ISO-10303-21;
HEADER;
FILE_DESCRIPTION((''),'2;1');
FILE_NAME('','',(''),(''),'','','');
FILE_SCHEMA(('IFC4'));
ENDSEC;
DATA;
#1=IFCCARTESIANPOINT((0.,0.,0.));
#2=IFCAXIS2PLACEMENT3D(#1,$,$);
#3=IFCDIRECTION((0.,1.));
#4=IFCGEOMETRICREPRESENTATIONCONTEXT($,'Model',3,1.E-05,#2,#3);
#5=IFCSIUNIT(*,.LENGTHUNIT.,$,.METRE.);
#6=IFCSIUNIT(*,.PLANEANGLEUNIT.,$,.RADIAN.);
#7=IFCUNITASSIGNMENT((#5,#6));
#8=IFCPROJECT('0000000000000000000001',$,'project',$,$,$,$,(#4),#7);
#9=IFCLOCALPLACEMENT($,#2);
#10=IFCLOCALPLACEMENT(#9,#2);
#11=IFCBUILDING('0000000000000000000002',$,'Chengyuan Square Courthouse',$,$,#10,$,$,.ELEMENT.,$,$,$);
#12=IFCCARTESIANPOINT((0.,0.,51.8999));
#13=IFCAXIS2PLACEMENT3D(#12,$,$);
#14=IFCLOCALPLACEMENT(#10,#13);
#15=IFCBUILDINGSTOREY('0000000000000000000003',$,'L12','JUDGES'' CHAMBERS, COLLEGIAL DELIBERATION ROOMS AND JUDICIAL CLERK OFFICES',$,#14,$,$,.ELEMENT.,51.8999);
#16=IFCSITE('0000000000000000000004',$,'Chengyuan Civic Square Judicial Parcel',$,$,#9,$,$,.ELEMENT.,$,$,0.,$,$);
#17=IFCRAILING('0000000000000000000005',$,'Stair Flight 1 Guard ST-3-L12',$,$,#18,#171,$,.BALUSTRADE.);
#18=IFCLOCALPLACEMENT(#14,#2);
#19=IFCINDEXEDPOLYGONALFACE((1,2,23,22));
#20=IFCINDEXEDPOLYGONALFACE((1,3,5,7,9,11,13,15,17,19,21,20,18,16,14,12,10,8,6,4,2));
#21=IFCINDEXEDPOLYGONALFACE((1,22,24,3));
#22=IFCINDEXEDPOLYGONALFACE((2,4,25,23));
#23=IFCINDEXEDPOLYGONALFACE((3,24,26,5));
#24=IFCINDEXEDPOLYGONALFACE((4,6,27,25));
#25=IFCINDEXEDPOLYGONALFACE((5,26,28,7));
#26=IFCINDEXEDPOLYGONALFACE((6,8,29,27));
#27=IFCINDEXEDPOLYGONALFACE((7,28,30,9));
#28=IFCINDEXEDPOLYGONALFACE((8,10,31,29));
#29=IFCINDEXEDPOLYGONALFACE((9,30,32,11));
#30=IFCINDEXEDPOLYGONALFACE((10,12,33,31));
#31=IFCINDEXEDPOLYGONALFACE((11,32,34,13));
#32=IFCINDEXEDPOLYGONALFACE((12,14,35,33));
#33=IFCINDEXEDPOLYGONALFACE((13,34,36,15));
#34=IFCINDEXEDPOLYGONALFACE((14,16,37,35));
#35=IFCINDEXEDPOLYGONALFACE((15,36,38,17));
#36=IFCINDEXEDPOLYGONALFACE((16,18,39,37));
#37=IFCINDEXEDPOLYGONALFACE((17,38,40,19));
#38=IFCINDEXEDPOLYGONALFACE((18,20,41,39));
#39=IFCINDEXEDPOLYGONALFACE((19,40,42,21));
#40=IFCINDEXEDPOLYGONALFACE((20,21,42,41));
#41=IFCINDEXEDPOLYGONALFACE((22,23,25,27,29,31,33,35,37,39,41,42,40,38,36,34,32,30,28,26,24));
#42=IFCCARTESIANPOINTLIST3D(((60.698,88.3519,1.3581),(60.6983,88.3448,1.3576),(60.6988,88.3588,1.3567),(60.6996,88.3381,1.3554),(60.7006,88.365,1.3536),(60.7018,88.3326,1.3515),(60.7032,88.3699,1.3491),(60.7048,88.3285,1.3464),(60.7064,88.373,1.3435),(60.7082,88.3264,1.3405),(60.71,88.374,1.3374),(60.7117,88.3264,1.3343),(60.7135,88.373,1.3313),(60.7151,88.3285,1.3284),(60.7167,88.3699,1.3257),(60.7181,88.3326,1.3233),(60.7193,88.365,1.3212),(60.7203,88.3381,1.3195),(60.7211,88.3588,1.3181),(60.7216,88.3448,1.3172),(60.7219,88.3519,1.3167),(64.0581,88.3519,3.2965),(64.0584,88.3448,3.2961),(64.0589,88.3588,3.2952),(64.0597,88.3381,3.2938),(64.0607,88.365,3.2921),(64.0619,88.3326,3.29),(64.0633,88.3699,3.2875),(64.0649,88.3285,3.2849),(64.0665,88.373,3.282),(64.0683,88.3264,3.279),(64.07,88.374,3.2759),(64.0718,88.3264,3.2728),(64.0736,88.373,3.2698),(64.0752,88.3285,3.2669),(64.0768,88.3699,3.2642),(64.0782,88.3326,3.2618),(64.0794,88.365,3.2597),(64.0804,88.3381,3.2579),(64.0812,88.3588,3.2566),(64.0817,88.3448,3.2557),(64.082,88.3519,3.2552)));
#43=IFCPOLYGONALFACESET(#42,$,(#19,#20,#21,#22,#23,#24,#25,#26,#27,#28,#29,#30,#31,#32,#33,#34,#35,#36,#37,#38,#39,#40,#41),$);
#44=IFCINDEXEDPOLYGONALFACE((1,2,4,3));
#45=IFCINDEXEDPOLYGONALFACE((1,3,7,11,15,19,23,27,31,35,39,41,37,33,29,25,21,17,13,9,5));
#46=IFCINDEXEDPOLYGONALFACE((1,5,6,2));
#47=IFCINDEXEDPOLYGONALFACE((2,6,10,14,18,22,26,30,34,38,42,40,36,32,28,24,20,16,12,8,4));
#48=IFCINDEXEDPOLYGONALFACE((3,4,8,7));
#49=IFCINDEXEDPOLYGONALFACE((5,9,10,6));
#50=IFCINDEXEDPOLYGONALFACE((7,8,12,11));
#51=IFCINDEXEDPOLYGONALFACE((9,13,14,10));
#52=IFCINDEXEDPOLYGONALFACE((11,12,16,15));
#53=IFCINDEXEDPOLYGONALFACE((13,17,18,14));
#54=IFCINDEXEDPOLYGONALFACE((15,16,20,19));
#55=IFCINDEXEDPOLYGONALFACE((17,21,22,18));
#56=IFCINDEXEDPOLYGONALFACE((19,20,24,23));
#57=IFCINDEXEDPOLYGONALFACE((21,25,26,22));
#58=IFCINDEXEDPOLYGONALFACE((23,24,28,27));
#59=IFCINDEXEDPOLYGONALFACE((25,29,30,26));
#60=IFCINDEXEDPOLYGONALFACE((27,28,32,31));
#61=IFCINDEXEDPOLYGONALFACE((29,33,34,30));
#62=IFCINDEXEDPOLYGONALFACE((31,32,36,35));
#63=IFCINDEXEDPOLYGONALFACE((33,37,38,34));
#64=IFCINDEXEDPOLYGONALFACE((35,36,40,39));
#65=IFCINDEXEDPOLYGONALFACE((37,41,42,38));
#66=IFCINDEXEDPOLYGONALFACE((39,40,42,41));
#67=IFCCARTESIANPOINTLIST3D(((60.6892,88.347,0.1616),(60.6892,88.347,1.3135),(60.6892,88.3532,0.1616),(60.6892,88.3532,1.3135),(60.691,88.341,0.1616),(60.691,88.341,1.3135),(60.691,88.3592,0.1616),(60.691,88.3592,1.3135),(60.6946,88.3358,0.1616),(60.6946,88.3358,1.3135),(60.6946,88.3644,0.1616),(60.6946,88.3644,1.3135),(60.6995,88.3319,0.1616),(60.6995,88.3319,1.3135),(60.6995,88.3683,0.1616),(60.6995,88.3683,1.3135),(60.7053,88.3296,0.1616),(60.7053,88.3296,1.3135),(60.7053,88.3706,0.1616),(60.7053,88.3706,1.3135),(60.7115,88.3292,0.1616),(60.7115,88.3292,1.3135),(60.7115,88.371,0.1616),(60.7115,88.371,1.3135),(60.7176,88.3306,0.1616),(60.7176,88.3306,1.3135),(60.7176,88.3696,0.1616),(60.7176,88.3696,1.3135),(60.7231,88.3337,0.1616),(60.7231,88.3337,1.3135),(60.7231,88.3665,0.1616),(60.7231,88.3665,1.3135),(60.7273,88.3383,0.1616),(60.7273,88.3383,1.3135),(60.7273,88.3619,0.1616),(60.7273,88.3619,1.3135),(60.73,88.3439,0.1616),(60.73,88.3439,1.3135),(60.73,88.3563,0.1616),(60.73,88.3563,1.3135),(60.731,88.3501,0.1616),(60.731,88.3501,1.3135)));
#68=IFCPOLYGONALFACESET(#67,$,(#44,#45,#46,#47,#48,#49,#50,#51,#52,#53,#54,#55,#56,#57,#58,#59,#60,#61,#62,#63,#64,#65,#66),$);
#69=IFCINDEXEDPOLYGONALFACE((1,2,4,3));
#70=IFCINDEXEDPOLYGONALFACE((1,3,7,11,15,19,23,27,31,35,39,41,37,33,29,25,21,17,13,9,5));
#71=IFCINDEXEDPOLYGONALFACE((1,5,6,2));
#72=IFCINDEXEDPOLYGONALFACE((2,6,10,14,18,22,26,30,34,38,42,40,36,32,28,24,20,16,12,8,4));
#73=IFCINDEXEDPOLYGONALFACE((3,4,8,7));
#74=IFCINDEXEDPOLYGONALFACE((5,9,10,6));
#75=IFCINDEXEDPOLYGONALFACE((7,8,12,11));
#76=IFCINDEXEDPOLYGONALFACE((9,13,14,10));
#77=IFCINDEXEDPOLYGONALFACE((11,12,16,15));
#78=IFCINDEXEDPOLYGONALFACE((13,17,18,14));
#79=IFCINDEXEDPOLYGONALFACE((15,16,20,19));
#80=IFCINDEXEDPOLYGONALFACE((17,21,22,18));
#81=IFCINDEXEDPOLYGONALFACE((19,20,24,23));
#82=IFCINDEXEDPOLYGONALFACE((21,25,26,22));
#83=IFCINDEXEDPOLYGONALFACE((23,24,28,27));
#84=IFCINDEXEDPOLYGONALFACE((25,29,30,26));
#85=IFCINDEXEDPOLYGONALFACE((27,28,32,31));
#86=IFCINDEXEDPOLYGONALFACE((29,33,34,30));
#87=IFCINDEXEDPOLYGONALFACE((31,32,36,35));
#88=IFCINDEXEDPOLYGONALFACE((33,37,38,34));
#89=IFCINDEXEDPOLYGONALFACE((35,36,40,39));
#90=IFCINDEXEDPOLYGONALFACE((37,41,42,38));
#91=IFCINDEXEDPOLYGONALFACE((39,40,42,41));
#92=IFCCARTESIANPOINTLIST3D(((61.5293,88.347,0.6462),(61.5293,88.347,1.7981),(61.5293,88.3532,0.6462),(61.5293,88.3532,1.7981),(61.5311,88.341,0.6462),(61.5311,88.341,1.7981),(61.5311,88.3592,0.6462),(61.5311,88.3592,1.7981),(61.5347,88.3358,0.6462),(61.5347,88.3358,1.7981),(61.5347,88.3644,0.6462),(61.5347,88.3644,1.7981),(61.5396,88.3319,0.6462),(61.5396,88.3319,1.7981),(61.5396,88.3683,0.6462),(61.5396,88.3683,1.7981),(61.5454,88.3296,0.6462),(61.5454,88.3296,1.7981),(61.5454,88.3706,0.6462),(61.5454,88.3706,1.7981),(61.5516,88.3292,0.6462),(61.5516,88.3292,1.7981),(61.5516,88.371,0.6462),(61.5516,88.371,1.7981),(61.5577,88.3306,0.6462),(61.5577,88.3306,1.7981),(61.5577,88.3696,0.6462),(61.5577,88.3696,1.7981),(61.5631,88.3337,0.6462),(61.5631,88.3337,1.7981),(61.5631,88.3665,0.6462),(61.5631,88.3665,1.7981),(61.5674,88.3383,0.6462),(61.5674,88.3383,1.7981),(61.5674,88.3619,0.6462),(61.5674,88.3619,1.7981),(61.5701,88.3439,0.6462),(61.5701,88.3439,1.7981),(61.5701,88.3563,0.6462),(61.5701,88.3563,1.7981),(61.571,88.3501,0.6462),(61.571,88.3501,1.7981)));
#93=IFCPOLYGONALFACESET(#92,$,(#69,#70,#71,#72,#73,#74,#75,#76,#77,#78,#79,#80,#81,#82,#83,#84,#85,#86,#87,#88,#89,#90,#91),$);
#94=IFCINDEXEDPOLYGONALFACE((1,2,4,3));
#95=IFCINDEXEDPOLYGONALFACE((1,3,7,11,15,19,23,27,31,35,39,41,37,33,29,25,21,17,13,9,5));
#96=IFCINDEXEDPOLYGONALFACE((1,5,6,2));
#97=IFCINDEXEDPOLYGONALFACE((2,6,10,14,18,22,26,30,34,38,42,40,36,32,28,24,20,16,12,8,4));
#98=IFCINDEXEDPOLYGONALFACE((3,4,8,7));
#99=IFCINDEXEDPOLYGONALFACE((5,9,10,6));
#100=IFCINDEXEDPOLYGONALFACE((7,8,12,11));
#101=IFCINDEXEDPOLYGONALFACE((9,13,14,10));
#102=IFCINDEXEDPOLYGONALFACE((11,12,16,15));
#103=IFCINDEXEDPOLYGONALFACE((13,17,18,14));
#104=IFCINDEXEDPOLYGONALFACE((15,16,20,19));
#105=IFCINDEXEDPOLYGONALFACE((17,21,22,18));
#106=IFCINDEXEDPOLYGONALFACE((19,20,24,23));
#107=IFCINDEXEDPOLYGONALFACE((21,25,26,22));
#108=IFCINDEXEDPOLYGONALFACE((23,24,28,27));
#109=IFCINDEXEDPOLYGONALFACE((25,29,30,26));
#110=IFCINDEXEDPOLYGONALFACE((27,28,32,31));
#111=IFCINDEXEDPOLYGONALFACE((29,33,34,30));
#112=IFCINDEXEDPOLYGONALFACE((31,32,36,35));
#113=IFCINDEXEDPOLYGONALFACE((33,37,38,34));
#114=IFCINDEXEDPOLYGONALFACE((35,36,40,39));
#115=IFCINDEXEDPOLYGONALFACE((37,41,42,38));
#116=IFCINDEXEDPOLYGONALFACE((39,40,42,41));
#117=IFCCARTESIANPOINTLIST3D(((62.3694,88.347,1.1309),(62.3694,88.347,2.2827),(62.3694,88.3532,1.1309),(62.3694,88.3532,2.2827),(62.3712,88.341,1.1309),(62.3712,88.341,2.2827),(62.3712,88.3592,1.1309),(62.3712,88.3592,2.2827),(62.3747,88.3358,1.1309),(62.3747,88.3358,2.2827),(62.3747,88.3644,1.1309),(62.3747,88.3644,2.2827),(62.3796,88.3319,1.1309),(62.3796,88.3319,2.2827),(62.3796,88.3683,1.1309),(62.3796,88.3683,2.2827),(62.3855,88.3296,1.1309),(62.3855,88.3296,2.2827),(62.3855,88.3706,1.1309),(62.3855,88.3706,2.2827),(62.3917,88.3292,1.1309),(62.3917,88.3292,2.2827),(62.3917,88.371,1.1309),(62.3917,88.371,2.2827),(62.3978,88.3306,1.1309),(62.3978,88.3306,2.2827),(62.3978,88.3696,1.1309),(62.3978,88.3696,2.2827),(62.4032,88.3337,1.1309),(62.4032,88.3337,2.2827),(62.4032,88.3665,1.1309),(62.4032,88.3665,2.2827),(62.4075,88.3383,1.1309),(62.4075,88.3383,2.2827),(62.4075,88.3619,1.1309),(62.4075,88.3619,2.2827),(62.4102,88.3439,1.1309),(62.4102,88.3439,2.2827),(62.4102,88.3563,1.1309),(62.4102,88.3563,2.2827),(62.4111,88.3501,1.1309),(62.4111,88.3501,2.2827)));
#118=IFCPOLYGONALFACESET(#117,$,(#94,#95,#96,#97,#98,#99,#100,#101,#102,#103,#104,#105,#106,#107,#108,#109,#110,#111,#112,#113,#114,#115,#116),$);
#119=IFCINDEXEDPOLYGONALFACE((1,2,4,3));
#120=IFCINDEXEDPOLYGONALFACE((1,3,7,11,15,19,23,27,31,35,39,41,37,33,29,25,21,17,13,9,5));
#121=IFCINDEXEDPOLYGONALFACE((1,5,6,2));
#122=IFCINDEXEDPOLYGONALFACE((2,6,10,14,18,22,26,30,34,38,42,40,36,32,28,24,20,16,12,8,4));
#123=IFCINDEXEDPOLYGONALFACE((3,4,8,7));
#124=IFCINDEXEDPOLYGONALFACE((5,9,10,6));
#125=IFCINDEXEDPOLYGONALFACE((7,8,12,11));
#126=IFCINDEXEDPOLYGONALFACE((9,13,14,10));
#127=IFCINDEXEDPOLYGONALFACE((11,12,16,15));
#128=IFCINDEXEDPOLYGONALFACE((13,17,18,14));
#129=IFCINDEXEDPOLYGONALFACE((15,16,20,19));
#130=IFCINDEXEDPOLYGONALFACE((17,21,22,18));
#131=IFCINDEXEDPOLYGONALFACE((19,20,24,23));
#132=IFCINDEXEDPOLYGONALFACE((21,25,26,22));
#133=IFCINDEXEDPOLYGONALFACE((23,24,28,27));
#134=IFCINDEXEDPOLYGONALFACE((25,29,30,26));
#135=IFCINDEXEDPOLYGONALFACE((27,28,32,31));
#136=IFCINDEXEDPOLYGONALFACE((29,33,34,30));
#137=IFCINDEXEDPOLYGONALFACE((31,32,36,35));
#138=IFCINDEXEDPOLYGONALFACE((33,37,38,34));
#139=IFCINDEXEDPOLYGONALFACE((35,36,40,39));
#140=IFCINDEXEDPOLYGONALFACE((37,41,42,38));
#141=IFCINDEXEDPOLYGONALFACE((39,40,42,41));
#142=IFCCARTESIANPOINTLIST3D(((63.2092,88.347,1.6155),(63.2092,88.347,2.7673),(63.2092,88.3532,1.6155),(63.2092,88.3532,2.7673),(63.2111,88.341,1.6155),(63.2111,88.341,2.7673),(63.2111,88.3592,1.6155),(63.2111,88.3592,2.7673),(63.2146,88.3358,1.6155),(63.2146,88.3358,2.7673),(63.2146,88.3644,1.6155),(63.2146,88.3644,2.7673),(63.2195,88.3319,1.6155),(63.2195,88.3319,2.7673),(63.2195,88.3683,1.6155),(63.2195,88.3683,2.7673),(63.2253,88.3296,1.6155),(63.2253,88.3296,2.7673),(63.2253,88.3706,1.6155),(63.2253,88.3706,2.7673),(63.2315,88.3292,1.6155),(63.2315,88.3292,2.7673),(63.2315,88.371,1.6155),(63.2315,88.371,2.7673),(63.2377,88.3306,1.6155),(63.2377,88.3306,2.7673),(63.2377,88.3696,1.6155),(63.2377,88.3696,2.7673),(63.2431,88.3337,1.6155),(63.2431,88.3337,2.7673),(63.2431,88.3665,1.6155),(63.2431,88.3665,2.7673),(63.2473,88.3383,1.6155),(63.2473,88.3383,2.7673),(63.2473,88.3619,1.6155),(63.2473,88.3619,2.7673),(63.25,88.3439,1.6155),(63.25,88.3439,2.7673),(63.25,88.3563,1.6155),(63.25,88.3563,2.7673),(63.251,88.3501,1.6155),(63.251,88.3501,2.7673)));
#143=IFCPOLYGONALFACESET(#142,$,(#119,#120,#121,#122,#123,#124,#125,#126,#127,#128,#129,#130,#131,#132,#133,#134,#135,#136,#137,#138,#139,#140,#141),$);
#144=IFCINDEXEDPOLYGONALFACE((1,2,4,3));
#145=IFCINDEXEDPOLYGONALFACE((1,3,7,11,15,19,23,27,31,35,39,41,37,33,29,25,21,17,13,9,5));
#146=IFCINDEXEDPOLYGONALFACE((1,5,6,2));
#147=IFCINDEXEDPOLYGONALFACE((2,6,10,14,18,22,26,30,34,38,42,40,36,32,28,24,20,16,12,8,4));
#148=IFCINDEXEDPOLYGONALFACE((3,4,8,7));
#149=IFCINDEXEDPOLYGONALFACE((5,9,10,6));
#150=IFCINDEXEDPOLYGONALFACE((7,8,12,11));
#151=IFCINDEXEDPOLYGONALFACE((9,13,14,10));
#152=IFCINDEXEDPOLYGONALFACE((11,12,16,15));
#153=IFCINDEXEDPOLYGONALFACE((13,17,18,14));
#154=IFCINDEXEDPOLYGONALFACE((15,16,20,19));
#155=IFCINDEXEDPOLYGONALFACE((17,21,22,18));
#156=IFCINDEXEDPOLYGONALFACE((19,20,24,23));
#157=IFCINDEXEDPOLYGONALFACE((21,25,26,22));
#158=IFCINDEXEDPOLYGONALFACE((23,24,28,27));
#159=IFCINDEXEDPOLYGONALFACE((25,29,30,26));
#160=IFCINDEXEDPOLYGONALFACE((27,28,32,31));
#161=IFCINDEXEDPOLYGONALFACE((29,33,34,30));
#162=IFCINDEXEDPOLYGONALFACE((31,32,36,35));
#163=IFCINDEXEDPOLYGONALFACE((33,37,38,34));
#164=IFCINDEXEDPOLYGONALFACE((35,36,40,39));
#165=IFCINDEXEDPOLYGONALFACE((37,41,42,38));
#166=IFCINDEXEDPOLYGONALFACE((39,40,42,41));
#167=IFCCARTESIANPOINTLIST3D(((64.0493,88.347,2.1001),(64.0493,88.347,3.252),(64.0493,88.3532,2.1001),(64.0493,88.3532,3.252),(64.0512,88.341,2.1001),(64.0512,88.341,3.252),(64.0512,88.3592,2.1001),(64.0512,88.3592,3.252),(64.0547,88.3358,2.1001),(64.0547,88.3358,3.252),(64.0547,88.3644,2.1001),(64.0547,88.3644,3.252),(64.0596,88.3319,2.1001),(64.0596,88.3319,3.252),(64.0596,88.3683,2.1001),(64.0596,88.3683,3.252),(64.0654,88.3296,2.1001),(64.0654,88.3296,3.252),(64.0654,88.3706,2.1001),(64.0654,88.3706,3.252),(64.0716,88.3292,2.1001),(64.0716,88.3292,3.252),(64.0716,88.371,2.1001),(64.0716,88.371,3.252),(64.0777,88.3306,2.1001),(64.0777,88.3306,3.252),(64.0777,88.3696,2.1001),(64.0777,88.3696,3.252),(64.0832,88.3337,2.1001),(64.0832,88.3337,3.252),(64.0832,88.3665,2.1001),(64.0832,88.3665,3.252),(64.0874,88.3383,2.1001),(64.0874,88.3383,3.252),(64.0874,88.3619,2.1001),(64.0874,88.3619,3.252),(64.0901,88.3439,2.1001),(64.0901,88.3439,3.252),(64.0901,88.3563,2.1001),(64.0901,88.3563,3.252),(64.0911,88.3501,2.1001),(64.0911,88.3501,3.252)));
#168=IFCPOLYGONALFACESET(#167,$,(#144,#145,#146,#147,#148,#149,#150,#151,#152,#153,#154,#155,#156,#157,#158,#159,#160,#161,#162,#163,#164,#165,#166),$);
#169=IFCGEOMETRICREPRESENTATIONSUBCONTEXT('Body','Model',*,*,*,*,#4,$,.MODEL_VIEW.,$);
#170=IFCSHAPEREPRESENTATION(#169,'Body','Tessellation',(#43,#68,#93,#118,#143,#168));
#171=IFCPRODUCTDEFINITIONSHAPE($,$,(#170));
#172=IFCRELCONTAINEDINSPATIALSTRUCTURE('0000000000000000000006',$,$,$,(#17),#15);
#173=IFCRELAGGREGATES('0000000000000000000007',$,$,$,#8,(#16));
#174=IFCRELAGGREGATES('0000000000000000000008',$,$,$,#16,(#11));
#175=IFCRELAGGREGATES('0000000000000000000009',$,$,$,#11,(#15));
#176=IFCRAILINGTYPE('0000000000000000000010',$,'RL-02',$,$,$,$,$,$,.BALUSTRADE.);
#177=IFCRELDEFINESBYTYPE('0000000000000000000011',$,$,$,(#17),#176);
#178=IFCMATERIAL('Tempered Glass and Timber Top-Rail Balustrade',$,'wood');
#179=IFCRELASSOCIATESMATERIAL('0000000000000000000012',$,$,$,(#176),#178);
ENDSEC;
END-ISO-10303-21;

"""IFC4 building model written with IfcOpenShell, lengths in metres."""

from ifc_helpers import new_model, si_unit, direction, frame, origin, origin_2d, place, context, subcontext, project, spatial, circle, extrude, material, type_object, element, save


model = new_model("IFC4")

# Units and contexts
model_context = context("Model", 3, precision=1e-05, world=origin(), true_north=direction((0.0, 1.0)))
body_context = subcontext(model_context, "Body", "Model", "MODEL_VIEW")
ifc_project = project(units=[si_unit("LENGTHUNIT", "METRE"), si_unit("PLANEANGLEUNIT", "RADIAN")], contexts=[model_context])

# Site, building, storey
site_placement = place(None, origin())
site = spatial("IfcSite", under=ifc_project, at=site_placement, Name="Chengyuan Civic Square Judicial Parcel", CompositionType="ELEMENT", RefElevation=0.0)
building_placement = place(site_placement, origin())
building = spatial("IfcBuilding", under=site, at=building_placement, Name="Chengyuan Square Courthouse", CompositionType="ELEMENT")
storey_placement = place(building_placement, frame((0.0, 0.0, 51.8999)))
storey = spatial("IfcBuildingStorey", under=building, at=storey_placement, Name="L12", Description="JUDGES' CHAMBERS, COLLEGIAL DELIBERATION ROOMS AND JUDICIAL CLERK OFFICES", CompositionType="ELEMENT", Elevation=51.8999)

# Railing
ifc_material_1 = material(Name="Tempered Glass and Timber Top-Rail Balustrade", Category="wood")
railing_type_1 = type_object("IfcRailingType", Name="RL-02", PredefinedType="BALUSTRADE", material=ifc_material_1)
railing_1_placement = place(storey_placement, frame((60.71, 88.3501, 0.1616)))
element("IfcRailing", 1, at=railing_1_placement, inside=storey, type_object=railing_type_1, Name="Stair Flight 1 Guard ST-3-L12", PredefinedType="BALUSTRADE", context=body_context, shape_type="SweptSolid", body=[
    extrude(circle(Radius=0.0239, at=origin_2d()), frame((0.0, 0.0, 1.1758), z_axis=(0.866191, 0.0, 0.499713), x_axis=(0.0, 1.0, 0.0)), (0.0, 0.0, 1.0), 3.8792),
    extrude(circle(Radius=0.021, at=origin_2d()), origin(), (0.0, 0.0, 1.0), 1.1519),
    extrude(circle(Radius=0.021, at=origin_2d()), frame((0.8401, 0.0, 0.4846)), (0.0, 0.0, 1.0), 1.1519),
    extrude(circle(Radius=0.021, at=origin_2d()), frame((1.6802, 0.0, 0.9692)), (0.0, 0.0, 1.0), 1.1519),
    extrude(circle(Radius=0.021, at=origin_2d()), frame((2.52, 0.0, 1.4539)), (0.0, 0.0, 1.0), 1.1519),
    extrude(circle(Radius=0.021, at=origin_2d()), frame((3.3601, 0.0, 1.9385)), (0.0, 0.0, 1.0), 1.1519),
])

save(model, "model.ifc")
